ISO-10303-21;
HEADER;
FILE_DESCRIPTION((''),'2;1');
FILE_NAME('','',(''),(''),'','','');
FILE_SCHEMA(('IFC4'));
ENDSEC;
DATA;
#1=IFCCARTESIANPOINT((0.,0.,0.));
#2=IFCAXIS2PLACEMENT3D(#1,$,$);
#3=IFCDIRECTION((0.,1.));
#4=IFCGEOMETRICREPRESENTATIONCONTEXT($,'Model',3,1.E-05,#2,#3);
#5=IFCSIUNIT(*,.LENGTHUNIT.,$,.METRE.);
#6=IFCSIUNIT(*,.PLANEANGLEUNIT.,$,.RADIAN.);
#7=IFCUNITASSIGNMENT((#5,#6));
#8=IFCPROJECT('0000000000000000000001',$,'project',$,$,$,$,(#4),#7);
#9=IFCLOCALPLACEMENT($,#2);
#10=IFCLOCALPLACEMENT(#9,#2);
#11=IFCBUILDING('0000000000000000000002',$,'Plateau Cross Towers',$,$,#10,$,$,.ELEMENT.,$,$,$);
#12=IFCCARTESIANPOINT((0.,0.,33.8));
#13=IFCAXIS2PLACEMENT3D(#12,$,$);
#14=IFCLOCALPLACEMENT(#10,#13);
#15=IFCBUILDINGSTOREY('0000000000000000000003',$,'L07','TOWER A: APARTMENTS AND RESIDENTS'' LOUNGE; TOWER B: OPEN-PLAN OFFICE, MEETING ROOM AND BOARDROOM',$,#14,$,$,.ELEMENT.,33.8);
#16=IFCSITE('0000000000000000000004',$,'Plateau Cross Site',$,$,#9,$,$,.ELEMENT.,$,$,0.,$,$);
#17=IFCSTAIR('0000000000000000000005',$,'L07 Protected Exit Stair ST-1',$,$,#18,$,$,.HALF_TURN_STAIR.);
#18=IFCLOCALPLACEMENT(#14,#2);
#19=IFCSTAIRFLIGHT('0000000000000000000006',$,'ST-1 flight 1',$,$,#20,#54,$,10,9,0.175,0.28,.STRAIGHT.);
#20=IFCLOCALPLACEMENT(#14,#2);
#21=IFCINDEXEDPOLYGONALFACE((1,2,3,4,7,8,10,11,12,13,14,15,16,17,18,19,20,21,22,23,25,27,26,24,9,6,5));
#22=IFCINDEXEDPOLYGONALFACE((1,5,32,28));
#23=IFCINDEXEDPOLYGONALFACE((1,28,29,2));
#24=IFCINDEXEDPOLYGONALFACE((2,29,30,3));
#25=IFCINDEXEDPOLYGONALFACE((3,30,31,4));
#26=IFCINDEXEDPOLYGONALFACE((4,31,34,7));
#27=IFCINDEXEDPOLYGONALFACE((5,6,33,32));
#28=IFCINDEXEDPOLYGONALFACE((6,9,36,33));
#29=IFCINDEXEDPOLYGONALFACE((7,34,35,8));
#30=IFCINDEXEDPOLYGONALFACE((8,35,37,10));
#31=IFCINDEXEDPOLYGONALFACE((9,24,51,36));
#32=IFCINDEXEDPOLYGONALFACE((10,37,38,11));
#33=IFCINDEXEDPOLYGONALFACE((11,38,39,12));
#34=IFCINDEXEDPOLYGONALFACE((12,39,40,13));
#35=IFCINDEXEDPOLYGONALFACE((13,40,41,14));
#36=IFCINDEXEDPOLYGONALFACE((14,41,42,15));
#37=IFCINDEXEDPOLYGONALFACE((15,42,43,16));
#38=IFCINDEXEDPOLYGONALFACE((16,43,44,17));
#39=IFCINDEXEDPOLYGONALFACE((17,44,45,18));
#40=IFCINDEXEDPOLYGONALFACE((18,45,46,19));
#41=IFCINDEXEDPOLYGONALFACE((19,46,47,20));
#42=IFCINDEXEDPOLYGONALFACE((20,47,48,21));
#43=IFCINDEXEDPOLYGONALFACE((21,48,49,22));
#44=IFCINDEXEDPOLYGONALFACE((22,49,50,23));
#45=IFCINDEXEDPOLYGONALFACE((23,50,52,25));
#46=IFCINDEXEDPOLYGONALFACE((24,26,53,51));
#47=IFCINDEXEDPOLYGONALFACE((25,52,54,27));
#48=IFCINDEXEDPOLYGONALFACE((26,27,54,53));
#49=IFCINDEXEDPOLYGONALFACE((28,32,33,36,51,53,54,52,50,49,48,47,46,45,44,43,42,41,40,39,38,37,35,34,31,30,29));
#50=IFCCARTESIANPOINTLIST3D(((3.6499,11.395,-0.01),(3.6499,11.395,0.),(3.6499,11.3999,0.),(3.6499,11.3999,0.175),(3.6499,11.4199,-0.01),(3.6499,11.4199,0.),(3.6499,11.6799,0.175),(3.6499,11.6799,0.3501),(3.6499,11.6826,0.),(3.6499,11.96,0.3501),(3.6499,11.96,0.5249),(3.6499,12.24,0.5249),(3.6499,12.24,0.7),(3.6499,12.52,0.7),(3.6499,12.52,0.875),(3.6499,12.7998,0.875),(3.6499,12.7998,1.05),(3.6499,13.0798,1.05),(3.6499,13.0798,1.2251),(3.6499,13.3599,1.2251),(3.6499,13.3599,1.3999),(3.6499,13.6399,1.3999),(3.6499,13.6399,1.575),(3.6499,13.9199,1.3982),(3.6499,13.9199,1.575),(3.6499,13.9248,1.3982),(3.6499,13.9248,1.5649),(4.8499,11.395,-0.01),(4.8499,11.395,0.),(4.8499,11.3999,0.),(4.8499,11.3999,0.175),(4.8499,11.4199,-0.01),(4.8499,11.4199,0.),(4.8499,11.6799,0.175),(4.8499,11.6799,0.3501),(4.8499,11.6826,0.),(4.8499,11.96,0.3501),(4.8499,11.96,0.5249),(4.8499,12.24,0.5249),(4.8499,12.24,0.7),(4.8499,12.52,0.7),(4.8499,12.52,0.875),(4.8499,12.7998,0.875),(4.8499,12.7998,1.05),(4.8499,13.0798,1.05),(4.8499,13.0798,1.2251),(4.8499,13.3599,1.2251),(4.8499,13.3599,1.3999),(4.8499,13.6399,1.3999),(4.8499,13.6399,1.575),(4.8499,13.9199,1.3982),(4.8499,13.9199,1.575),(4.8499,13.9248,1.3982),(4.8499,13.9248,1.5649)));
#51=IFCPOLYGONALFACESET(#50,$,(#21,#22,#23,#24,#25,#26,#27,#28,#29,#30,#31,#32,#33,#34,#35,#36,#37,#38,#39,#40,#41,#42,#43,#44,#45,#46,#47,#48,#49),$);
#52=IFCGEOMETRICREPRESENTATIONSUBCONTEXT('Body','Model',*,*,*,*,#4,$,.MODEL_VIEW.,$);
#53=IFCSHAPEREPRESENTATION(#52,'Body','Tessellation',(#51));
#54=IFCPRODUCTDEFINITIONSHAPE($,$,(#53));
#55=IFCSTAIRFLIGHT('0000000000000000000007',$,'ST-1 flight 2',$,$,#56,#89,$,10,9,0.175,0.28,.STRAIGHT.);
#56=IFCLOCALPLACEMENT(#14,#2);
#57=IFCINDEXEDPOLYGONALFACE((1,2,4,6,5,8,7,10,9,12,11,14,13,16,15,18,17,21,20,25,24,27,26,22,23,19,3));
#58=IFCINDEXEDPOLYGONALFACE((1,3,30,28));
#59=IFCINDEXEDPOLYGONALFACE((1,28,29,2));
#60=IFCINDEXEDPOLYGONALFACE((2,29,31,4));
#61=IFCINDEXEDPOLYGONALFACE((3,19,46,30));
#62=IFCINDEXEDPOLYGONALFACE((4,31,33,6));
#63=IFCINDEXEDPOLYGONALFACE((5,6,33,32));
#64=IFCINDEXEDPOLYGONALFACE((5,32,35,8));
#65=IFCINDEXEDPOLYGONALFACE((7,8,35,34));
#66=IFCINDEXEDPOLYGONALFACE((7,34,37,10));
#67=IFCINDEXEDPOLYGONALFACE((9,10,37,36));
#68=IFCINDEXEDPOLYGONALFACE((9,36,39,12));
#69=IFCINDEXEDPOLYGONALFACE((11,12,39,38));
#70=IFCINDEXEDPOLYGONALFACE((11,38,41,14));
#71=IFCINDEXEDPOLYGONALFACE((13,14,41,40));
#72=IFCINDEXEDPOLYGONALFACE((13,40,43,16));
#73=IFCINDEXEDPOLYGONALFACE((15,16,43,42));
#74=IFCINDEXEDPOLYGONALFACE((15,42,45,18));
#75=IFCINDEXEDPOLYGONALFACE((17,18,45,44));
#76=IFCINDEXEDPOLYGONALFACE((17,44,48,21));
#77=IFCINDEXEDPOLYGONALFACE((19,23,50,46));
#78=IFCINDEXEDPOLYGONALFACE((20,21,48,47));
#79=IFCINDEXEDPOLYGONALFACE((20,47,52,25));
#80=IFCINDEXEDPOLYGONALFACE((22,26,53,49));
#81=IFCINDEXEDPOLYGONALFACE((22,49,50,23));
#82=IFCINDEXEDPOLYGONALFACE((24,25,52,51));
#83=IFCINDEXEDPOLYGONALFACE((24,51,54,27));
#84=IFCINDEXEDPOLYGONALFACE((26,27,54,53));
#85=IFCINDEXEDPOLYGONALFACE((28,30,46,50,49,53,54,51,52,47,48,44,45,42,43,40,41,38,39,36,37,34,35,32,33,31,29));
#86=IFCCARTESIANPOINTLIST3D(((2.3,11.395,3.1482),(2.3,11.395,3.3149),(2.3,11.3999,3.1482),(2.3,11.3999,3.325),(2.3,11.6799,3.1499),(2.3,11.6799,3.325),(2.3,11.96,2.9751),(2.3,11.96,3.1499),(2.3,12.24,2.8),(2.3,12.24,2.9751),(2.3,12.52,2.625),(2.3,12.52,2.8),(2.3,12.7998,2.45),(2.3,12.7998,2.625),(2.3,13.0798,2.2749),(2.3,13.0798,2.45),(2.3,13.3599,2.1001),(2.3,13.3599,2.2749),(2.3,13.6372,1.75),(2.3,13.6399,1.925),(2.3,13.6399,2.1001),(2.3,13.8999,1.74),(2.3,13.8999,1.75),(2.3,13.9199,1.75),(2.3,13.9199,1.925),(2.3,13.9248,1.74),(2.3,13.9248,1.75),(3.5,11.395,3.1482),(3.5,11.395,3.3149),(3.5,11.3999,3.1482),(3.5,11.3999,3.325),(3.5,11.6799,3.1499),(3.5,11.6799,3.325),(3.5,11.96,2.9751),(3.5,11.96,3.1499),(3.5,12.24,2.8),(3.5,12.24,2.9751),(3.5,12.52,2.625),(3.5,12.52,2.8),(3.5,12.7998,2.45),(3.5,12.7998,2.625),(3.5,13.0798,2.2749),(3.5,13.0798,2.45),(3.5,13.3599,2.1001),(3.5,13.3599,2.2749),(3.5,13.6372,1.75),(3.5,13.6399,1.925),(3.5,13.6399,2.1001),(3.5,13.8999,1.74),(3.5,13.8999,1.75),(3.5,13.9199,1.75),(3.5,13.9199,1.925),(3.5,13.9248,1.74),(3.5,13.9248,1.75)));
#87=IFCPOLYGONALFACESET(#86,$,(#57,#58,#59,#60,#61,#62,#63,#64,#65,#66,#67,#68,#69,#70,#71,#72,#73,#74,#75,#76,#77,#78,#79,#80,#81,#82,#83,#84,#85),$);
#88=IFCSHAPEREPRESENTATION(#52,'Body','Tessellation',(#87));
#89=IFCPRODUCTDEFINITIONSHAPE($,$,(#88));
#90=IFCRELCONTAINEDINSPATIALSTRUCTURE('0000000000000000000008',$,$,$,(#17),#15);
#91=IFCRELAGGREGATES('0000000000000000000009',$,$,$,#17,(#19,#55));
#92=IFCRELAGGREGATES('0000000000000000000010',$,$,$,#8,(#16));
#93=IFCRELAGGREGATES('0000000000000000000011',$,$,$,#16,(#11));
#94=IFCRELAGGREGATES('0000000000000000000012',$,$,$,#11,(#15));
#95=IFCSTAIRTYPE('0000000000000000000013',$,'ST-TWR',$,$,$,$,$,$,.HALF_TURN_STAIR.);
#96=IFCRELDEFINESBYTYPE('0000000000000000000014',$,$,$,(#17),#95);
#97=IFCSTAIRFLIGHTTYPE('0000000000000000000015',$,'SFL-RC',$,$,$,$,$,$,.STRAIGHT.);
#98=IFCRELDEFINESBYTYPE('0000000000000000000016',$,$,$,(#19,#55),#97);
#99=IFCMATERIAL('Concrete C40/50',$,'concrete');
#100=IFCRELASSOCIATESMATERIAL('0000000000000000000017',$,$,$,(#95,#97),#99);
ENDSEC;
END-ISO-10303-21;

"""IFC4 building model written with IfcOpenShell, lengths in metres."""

from ifc_helpers import new_model, si_unit, direction, frame, origin, place, context, subcontext, project, spatial, polyline, outline, extrude, material, type_object, element, aggregate, save


model = new_model("IFC4")

# Units and contexts
model_context = context("Model", 3, precision=1e-05, world=origin(), true_north=direction((0.0, 1.0)))
body_context = subcontext(model_context, "Body", "Model", "MODEL_VIEW")
ifc_project = project(units=[si_unit("LENGTHUNIT", "METRE"), si_unit("PLANEANGLEUNIT", "RADIAN")], contexts=[model_context])

# Site, building, storey
site_placement = place(None, origin())
site = spatial("IfcSite", under=ifc_project, at=site_placement, Name="Plateau Cross Site", CompositionType="ELEMENT", RefElevation=0.0)
building_placement = place(site_placement, origin())
building = spatial("IfcBuilding", under=site, at=building_placement, Name="Plateau Cross Towers", CompositionType="ELEMENT")
storey_placement = place(building_placement, frame((0.0, 0.0, 33.8)))
storey = spatial("IfcBuildingStorey", under=building, at=storey_placement, Name="L07", Description="TOWER A: APARTMENTS AND RESIDENTS' LOUNGE; TOWER B: OPEN-PLAN OFFICE, MEETING ROOM AND BOARDROOM", CompositionType="ELEMENT", Elevation=33.8)

# Stair, stair flights
ifc_material_1 = material(Name="Concrete C40/50", Category="concrete")
stair_type = type_object("IfcStairType", Name="ST-TWR", PredefinedType="HALF_TURN_STAIR", material=ifc_material_1)
stair_placement = place(storey_placement, origin())
stair = element("IfcStair", 1, at=stair_placement, inside=storey, type_object=stair_type, Name="L07 Protected Exit Stair ST-1", PredefinedType="HALF_TURN_STAIR")
stair_flight_type = type_object("IfcStairFlightType", Name="SFL-RC", PredefinedType="STRAIGHT", material=ifc_material_1)
stair_flight_1_placement = place(storey_placement, frame((4.25, 11.3999, 0.0), z_axis=(0.0, 0.0, 1.0), x_axis=(0.0, 1.0, 0.0)))
stair_flight_1 = element("IfcStairFlight", 2, at=stair_flight_1_placement, type_object=stair_flight_type, Name="ST-1 flight 1", NumberOfRisers=10, NumberOfTreads=9, PredefinedType="STRAIGHT", RiserHeight=0.175, TreadLength=0.28, context=body_context, shape_type="SweptSolid", body=[
    extrude(outline(polyline([(-0.0049, -0.01), (-0.0049, 0.0), (0.0, 0.0), (0.0, 0.175), (0.28, 0.175), (0.28, 0.3501), (0.5601, 0.3501), (0.5601, 0.5249), (0.8401, 0.5249), (0.8401, 0.7), (1.1201, 0.7), (1.1201, 0.875), (1.3999, 0.875), (1.3999, 1.05), (1.6799, 1.05), (1.6799, 1.2251), (1.96, 1.2251), (1.96, 1.3999), (2.24, 1.3999), (2.24, 1.575), (2.52, 1.575), (2.5249, 1.5649), (2.5249, 1.3982), (2.52, 1.3982), (0.2827, 0.0), (0.02, 0.0), (0.02, -0.01), (-0.0049, -0.01)])), frame((0.0, 0.6001, 0.0), z_axis=(0.0, -1.0, 0.0), x_axis=(1.0, 0.0, 0.0)), (0.0, 0.0, 1.0), 1.2),
])
stair_flight_2_placement = place(storey_placement, frame((2.8999, 13.9199, 1.75), z_axis=(0.0, 0.0, 1.0), x_axis=(0.0, -1.0, 0.0)))
stair_flight_2 = element("IfcStairFlight", 3, at=stair_flight_2_placement, type_object=stair_flight_type, Name="ST-1 flight 2", NumberOfRisers=10, NumberOfTreads=9, PredefinedType="STRAIGHT", RiserHeight=0.175, TreadLength=0.28, context=body_context, shape_type="SweptSolid", body=[
    extrude(outline(polyline([(-0.0049, -0.01), (-0.0049, 0.0), (0.0, 0.0), (0.0, 0.175), (0.28, 0.175), (0.28, 0.3501), (0.5601, 0.3501), (0.5601, 0.5249), (0.8401, 0.5249), (0.8401, 0.7), (1.1201, 0.7), (1.1201, 0.875), (1.3999, 0.875), (1.3999, 1.05), (1.6799, 1.05), (1.6799, 1.2251), (1.96, 1.2251), (1.96, 1.3999), (2.24, 1.3999), (2.24, 1.575), (2.52, 1.575), (2.5249, 1.5649), (2.5249, 1.3982), (2.52, 1.3982), (0.2827, 0.0), (0.02, 0.0), (0.02, -0.01), (-0.0049, -0.01)])), frame((0.0, 0.6001, 0.0), z_axis=(0.0, -1.0, 0.0), x_axis=(1.0, 0.0, 0.0)), (0.0, 0.0, 1.0), 1.2),
])
aggregate(stair, [stair_flight_1, stair_flight_2])

save(model, "model.ifc")
